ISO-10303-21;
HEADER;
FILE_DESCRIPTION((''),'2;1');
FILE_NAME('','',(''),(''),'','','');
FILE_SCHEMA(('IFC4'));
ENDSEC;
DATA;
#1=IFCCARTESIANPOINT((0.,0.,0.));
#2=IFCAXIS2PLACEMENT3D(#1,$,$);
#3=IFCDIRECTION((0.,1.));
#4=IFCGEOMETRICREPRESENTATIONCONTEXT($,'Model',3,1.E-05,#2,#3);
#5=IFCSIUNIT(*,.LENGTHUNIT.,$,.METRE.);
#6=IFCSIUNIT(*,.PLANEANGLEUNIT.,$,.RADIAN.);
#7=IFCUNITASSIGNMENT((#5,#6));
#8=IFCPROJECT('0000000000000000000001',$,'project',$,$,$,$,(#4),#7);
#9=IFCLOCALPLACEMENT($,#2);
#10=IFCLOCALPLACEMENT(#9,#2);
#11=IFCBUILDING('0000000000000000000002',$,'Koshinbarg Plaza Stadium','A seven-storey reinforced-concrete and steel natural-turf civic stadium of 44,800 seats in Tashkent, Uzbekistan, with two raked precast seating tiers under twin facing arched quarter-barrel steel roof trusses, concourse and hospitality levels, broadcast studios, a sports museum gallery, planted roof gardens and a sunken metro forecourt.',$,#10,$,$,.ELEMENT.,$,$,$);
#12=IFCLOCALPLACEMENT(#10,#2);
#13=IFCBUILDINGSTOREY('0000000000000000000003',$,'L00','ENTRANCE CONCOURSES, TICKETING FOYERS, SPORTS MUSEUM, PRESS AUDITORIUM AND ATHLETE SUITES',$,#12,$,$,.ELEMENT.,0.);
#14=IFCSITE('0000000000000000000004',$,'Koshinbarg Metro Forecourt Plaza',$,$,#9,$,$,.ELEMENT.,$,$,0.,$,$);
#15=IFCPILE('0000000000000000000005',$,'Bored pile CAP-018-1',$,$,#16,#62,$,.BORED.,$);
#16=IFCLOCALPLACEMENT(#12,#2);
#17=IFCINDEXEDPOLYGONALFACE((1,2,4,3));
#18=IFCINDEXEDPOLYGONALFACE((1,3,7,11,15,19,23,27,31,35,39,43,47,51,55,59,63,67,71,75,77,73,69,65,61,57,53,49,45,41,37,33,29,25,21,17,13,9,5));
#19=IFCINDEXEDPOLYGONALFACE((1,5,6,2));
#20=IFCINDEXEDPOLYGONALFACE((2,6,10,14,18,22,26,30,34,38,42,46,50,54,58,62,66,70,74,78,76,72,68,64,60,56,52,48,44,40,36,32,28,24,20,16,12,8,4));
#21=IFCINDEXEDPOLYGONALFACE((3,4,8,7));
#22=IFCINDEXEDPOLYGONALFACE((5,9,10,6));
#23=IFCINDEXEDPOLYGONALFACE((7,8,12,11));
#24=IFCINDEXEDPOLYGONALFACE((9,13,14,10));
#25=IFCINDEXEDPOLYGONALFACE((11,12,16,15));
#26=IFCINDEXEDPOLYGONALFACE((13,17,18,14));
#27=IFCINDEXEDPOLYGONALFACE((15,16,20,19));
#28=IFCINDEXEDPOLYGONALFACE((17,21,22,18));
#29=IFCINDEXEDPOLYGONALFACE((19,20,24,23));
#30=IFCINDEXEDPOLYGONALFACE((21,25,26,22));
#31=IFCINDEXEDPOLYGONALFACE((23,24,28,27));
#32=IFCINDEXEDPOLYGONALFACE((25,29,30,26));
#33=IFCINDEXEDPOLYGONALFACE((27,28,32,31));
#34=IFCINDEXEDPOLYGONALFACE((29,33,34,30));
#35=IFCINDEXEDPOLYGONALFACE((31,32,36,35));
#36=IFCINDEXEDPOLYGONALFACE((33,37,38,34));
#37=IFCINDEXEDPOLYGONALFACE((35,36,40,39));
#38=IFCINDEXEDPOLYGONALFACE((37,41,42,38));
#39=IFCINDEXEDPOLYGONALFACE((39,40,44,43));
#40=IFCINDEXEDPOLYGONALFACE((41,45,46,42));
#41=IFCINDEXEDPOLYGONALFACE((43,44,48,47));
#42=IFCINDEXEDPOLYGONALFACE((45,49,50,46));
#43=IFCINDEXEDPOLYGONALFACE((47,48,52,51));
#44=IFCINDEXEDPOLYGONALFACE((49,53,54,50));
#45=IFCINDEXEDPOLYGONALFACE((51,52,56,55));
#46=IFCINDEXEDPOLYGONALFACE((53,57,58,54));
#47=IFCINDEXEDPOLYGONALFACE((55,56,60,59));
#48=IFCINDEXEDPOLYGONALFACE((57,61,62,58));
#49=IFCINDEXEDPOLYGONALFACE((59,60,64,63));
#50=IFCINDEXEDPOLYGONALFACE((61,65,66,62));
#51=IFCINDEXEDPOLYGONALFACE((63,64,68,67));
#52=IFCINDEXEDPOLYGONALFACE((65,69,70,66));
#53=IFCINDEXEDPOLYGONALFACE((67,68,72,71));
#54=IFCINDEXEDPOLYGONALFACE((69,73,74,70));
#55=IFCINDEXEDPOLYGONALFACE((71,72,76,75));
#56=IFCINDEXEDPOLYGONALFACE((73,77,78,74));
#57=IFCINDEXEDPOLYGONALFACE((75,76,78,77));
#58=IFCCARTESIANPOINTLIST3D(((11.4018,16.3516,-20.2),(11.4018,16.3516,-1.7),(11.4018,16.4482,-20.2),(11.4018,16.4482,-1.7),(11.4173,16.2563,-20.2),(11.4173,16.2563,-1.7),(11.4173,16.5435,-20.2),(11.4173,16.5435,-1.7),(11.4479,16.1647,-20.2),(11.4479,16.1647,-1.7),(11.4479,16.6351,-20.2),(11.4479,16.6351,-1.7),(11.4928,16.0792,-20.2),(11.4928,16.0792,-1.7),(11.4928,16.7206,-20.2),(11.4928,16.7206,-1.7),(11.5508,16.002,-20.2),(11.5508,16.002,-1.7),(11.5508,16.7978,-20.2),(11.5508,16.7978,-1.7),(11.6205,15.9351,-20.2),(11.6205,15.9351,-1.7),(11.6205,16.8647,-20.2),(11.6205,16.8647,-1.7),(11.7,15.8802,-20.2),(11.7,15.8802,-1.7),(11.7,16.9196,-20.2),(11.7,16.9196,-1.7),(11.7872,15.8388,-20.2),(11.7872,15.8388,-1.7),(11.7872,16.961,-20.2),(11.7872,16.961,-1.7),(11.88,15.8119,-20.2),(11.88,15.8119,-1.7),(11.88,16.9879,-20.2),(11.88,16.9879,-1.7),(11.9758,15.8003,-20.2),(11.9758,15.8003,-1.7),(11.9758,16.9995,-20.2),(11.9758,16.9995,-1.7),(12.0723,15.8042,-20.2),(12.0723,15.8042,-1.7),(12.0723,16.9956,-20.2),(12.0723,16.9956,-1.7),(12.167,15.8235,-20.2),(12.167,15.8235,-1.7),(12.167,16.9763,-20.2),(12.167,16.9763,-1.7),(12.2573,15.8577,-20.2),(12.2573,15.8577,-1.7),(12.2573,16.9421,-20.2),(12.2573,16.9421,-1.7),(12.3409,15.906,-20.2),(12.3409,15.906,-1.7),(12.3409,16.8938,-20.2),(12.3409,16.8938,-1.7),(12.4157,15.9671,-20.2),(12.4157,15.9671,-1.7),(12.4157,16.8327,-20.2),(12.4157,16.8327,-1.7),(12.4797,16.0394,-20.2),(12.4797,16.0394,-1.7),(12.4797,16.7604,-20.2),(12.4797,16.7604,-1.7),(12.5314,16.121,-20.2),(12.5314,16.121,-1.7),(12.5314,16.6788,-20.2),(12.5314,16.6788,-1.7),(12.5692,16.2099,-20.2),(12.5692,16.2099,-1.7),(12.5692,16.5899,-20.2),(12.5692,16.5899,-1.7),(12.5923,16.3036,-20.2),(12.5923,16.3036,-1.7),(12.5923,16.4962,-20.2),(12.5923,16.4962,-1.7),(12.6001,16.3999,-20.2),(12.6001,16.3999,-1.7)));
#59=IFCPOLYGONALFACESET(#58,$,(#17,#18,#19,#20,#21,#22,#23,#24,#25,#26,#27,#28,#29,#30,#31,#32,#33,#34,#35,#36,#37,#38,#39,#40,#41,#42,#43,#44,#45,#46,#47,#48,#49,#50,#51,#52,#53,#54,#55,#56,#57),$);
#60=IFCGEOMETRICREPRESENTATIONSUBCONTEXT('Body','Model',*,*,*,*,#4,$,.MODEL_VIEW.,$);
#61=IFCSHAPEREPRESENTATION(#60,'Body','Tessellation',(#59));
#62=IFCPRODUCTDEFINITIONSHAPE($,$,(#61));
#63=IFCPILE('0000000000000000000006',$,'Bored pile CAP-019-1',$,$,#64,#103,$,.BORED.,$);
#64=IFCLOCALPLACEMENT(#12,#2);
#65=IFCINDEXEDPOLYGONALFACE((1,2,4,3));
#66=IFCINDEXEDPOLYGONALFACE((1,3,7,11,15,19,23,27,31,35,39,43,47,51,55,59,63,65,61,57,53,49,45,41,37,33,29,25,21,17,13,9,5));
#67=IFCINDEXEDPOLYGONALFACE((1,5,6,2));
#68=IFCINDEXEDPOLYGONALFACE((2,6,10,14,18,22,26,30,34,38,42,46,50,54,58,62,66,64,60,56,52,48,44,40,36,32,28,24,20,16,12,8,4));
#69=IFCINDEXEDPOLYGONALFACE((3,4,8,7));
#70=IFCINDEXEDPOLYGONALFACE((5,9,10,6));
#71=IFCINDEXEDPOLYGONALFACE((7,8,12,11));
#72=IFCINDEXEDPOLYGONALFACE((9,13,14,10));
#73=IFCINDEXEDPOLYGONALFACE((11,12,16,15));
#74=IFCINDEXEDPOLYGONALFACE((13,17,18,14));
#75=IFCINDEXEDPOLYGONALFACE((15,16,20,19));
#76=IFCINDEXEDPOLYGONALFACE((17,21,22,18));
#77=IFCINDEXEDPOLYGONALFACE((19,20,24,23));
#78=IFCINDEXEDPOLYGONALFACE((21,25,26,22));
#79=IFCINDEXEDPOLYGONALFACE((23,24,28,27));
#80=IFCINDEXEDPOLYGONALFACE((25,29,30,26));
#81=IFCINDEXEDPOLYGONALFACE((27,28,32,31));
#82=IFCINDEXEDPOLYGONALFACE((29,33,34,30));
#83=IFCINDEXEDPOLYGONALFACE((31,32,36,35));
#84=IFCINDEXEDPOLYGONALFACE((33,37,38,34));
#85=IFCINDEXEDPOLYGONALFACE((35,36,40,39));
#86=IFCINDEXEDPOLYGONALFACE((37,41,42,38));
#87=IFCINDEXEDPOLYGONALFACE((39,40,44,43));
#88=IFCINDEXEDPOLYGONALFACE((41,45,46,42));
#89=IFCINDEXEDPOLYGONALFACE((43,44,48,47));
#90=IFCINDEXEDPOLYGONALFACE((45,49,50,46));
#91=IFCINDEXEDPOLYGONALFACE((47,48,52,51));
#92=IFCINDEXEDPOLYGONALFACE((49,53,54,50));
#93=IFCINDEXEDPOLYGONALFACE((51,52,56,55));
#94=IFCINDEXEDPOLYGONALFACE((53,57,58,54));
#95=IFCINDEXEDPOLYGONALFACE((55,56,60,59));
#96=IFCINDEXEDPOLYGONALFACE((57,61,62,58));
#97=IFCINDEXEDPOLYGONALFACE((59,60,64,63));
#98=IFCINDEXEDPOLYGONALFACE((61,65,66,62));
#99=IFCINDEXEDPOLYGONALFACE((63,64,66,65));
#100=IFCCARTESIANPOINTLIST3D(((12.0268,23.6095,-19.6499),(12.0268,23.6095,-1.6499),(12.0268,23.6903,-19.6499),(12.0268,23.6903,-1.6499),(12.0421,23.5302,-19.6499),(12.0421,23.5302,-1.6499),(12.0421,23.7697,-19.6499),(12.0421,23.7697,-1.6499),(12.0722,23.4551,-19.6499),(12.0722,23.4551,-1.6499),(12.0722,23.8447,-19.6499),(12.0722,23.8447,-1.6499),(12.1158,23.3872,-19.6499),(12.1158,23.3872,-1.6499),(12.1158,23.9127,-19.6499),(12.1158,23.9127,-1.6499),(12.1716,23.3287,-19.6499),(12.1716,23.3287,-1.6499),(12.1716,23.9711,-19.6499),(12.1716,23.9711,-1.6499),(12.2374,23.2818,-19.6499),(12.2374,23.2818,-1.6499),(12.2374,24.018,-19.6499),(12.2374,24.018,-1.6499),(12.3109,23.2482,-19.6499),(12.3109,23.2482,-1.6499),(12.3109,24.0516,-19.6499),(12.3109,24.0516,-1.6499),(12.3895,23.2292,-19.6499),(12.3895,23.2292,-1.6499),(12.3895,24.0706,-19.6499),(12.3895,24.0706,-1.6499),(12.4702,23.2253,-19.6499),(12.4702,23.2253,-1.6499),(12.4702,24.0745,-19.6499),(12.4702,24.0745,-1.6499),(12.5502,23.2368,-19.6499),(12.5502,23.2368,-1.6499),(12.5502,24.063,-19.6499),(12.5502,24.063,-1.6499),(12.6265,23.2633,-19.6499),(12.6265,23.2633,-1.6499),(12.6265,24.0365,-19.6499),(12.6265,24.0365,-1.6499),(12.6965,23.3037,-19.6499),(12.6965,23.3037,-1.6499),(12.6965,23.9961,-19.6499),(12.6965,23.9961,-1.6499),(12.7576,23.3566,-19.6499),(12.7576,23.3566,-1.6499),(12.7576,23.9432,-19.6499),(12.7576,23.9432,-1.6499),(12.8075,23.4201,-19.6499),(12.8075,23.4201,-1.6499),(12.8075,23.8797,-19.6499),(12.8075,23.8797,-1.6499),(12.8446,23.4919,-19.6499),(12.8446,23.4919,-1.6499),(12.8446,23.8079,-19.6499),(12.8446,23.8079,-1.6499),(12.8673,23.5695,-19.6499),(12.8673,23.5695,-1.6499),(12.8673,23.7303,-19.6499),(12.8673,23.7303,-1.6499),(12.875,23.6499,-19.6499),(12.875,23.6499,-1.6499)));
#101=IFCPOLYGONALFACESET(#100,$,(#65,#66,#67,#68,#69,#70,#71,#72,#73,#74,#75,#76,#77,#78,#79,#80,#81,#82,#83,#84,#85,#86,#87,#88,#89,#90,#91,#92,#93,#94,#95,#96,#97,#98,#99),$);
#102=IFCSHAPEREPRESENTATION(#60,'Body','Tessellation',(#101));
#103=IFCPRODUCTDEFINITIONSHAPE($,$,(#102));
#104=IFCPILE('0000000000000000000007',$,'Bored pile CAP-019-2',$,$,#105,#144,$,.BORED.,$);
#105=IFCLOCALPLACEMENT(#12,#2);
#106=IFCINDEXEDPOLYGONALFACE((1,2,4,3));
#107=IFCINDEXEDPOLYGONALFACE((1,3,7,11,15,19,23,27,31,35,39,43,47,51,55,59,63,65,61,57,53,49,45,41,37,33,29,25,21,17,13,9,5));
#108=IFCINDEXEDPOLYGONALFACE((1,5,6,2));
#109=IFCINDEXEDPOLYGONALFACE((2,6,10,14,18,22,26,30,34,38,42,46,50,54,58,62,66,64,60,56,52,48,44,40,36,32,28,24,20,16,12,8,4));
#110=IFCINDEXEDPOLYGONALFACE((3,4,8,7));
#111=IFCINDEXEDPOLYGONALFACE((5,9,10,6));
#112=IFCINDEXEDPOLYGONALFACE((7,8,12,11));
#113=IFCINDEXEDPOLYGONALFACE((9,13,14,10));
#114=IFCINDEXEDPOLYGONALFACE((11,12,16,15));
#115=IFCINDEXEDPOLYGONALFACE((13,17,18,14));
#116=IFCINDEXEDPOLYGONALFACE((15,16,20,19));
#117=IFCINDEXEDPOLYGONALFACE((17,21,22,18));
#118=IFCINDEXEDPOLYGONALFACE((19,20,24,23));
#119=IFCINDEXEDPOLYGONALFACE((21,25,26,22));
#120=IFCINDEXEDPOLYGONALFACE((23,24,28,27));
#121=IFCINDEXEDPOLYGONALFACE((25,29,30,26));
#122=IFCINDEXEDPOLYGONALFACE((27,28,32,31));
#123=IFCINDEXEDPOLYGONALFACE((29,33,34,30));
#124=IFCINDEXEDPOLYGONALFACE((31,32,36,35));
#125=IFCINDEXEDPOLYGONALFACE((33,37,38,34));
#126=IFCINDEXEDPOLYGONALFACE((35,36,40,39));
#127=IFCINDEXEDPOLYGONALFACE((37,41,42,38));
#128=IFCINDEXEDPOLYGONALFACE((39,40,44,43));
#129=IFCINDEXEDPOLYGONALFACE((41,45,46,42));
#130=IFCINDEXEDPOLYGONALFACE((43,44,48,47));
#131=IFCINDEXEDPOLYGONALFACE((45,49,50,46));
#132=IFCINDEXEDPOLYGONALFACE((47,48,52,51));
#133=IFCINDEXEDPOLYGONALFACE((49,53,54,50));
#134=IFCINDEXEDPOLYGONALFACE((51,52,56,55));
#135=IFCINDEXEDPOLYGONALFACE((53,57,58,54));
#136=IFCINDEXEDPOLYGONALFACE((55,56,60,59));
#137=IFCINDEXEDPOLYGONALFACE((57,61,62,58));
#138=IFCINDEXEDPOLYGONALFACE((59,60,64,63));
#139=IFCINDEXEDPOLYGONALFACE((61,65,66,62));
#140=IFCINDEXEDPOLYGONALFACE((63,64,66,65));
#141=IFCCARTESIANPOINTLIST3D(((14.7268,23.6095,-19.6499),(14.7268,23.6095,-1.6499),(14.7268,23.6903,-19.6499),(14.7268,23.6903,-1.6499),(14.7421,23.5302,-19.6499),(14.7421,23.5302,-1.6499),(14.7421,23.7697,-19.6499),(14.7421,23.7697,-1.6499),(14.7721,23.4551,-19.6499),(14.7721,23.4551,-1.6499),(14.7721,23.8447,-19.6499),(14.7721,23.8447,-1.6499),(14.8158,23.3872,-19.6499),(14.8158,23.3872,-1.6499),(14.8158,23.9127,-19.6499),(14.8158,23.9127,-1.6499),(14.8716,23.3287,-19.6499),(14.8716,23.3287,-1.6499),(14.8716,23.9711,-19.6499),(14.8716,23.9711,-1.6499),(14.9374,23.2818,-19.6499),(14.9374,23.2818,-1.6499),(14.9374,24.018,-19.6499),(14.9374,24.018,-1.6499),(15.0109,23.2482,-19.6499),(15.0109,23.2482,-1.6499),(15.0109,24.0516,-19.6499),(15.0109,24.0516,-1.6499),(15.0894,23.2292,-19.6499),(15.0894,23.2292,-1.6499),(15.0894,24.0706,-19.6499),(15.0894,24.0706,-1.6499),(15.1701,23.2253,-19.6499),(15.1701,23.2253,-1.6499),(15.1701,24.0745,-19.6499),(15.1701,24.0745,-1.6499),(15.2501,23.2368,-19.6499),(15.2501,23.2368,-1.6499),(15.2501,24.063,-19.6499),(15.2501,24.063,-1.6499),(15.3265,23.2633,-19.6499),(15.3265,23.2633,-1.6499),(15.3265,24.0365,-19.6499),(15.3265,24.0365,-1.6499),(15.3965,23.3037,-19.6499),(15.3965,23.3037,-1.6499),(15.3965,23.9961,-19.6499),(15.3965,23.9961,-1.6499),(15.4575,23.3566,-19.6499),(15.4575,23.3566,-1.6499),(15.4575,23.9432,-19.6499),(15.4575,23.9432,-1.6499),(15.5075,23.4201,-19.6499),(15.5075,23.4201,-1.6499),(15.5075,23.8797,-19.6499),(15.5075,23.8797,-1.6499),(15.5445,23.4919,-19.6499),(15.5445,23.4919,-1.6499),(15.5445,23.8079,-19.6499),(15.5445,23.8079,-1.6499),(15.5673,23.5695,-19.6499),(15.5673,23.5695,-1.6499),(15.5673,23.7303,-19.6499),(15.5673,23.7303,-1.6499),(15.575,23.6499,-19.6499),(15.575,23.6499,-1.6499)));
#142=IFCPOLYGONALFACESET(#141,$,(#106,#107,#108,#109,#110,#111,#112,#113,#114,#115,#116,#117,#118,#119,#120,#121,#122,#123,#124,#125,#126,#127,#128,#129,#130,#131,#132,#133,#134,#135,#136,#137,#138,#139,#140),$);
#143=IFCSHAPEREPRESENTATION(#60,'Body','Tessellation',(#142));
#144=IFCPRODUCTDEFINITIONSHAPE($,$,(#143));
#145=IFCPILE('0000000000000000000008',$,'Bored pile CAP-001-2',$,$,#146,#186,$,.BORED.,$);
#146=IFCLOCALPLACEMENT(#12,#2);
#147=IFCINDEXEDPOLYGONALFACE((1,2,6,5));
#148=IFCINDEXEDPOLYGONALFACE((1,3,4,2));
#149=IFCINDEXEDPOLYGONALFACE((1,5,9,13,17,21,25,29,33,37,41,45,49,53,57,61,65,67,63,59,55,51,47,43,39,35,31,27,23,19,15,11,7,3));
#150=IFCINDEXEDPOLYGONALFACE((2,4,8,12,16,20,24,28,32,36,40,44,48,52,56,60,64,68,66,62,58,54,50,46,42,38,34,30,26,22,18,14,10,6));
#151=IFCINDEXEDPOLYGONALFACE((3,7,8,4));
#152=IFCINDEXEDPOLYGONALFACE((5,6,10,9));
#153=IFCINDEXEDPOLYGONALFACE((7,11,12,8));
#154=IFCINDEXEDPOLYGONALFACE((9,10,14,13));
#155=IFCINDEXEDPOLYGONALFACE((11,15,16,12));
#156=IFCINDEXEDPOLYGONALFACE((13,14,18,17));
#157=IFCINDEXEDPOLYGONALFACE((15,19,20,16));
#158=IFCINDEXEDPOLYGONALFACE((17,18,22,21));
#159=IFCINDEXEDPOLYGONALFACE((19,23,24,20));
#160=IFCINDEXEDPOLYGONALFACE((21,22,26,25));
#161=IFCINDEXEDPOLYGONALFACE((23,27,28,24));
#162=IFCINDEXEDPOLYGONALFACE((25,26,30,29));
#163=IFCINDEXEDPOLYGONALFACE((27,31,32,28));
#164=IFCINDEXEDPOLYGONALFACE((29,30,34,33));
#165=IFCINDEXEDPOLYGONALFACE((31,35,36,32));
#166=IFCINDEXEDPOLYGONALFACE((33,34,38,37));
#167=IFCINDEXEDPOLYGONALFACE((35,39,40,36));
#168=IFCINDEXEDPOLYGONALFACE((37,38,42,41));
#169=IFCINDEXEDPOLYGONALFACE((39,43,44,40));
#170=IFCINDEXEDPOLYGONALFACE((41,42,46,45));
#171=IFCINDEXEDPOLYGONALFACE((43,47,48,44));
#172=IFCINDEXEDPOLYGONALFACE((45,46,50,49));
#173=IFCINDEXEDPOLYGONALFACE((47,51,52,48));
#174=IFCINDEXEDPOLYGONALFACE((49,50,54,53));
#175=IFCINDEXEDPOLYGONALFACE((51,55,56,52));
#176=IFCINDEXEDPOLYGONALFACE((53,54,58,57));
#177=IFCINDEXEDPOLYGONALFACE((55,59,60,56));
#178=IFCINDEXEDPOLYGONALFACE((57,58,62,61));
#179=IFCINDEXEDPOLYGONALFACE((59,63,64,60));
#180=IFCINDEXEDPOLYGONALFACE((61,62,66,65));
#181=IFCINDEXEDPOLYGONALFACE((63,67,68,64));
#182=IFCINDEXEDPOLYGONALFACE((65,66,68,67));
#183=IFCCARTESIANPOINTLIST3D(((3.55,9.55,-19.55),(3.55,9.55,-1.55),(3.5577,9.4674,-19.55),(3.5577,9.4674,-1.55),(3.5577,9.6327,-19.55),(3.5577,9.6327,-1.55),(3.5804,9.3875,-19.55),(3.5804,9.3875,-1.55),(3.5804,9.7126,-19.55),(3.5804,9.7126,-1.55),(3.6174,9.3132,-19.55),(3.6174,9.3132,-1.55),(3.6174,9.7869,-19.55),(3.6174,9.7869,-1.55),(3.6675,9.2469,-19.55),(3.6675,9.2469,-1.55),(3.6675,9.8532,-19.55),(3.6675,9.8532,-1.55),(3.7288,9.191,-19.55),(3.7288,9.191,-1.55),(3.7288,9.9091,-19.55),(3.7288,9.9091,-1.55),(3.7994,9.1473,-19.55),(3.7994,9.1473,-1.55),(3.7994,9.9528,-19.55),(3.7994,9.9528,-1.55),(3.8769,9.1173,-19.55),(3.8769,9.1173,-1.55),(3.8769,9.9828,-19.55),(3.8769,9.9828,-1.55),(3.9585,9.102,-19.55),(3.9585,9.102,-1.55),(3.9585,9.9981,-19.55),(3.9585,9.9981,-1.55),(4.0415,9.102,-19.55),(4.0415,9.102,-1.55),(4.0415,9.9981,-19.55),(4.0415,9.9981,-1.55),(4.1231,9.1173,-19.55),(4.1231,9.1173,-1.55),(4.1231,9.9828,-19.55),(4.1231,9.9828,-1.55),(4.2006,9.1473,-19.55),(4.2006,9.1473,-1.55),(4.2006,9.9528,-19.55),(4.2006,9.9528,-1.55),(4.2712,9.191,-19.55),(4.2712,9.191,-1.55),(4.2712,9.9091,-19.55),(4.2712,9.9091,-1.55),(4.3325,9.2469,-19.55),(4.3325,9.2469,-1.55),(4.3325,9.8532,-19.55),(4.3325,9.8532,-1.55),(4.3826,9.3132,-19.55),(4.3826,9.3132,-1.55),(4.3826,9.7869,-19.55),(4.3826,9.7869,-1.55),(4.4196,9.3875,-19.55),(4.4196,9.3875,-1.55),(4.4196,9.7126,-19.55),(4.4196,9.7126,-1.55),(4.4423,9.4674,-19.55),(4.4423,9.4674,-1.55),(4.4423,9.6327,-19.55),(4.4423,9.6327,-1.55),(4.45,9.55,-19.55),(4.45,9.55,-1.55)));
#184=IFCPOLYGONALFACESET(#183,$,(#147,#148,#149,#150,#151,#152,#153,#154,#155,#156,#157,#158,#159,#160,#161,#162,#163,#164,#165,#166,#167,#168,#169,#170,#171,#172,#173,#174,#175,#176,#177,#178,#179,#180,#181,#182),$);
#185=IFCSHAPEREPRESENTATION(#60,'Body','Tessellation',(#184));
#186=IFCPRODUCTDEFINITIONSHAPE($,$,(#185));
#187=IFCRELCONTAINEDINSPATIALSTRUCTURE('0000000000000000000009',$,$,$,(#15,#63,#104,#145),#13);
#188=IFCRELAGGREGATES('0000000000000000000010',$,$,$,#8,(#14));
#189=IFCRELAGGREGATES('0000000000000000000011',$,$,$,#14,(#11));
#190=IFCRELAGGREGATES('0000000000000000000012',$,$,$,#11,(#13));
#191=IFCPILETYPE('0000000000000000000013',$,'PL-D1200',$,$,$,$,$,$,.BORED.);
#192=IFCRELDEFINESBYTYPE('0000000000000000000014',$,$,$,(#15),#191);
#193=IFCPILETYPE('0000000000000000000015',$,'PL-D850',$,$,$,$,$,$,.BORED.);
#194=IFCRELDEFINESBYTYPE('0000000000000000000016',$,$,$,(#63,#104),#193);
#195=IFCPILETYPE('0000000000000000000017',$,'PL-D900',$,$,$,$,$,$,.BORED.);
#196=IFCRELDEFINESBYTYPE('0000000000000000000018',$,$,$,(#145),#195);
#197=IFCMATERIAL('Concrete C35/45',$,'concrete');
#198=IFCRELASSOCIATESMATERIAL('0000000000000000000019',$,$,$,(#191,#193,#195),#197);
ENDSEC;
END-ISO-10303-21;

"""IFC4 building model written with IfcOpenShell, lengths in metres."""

from ifc_helpers import new_model, si_unit, direction, frame, origin, origin_2d, place, context, subcontext, project, spatial, circle, extrude, material, material_profile, profile_set, type_object, element, save


model = new_model("IFC4")

# Units and contexts
model_context = context("Model", 3, precision=1e-05, world=origin(), true_north=direction((0.0, 1.0)))
body_context = subcontext(model_context, "Body", "Model", "MODEL_VIEW")
ifc_project = project(units=[si_unit("LENGTHUNIT", "METRE"), si_unit("PLANEANGLEUNIT", "RADIAN")], contexts=[model_context])

# Site, building, storey
site_placement = place(None, origin())
site = spatial("IfcSite", under=ifc_project, at=site_placement, Name="Koshinbarg Metro Forecourt Plaza", CompositionType="ELEMENT", RefElevation=0.0)
building_placement = place(site_placement, origin())
building = spatial("IfcBuilding", under=site, at=building_placement, Name="Koshinbarg Plaza Stadium", Description="A seven-storey reinforced-concrete and steel natural-turf civic stadium of 44,800 seats in Tashkent, Uzbekistan, with two raked precast seating tiers under twin facing arched quarter-barrel steel roof trusses, concourse and hospitality levels, broadcast studios, a sports museum gallery, planted roof gardens and a sunken metro forecourt.", CompositionType="ELEMENT")
storey_placement = place(building_placement, origin())
storey = spatial("IfcBuildingStorey", under=building, at=storey_placement, Name="L00", Description="ENTRANCE CONCOURSES, TICKETING FOYERS, SPORTS MUSEUM, PRESS AUDITORIUM AND ATHLETE SUITES", CompositionType="ELEMENT", Elevation=0.0)

# Shared definitions
ifc_material_1 = material(Name="Concrete C35/45", Category="concrete")

# Piles
ifc_material_profile_1 = material_profile(ifc_material_1, circle(Radius=0.6001, at=origin_2d()), Name="PILE D1200")
ifc_profile_set_1 = profile_set([ifc_material_profile_1], Name="Concrete C35/45")
pile_type_1 = type_object("IfcPileType", Name="PL-D1200", PredefinedType="BORED", material=ifc_profile_set_1)
pile_1_placement = place(storey_placement, frame((12.0, 16.3999, -1.7), z_axis=(0.0, 0.0, -1.0), x_axis=(1.0, 0.0, 0.0)))
element("IfcPile", 1, at=pile_1_placement, inside=storey, type_object=pile_type_1, Name="Bored pile CAP-018-1", PredefinedType="BORED", context=body_context, shape_type="SweptSolid", body=[
    extrude(circle(Radius=0.6001, at=origin_2d()), origin(), (0.0, 0.0, 1.0), 18.5),
])
ifc_material_profile_2 = material_profile(ifc_material_1, circle(Radius=0.425, at=origin_2d()), Name="PILE D850")
ifc_profile_set_2 = profile_set([ifc_material_profile_2], Name="Concrete C35/45")
pile_type_2 = type_object("IfcPileType", Name="PL-D850", PredefinedType="BORED", material=ifc_profile_set_2)
for number, where, z_axis, x_axis, name in (
    (2, (12.45, 23.6499, -1.6499), (0.0, 0.0, -1.0), (1.0, 0.0, 0.0), "Bored pile CAP-019-1"),
    (3, (15.1499, 23.6499, -1.6499), (0.0, 0.0, -1.0), (1.0, 0.0, 0.0), "Bored pile CAP-019-2"),
):
    element("IfcPile", number, at=place(storey_placement, frame(where, z_axis=z_axis, x_axis=x_axis)), inside=storey, type_object=pile_type_2, Name=name, PredefinedType="BORED", context=body_context, shape_type="SweptSolid", body=[
        extrude(circle(Radius=0.425, at=origin_2d()), origin(), (0.0, 0.0, 1.0), 18.0),
    ])
ifc_material_profile_3 = material_profile(ifc_material_1, circle(Radius=0.45, at=origin_2d()), Name="PILE D900")
ifc_profile_set_3 = profile_set([ifc_material_profile_3], Name="Concrete C35/45")
pile_type_3 = type_object("IfcPileType", Name="PL-D900", PredefinedType="BORED", material=ifc_profile_set_3)
pile_2_placement = place(storey_placement, frame((4.0, 9.55, -1.55), z_axis=(0.0, 0.0, -1.0), x_axis=(1.0, 0.0, 0.0)))
element("IfcPile", 4, at=pile_2_placement, inside=storey, type_object=pile_type_3, Name="Bored pile CAP-001-2", PredefinedType="BORED", context=body_context, shape_type="SweptSolid", body=[
    extrude(circle(Radius=0.45, at=origin_2d()), origin(), (0.0, 0.0, 1.0), 18.0),
])

save(model, "model.ifc")
